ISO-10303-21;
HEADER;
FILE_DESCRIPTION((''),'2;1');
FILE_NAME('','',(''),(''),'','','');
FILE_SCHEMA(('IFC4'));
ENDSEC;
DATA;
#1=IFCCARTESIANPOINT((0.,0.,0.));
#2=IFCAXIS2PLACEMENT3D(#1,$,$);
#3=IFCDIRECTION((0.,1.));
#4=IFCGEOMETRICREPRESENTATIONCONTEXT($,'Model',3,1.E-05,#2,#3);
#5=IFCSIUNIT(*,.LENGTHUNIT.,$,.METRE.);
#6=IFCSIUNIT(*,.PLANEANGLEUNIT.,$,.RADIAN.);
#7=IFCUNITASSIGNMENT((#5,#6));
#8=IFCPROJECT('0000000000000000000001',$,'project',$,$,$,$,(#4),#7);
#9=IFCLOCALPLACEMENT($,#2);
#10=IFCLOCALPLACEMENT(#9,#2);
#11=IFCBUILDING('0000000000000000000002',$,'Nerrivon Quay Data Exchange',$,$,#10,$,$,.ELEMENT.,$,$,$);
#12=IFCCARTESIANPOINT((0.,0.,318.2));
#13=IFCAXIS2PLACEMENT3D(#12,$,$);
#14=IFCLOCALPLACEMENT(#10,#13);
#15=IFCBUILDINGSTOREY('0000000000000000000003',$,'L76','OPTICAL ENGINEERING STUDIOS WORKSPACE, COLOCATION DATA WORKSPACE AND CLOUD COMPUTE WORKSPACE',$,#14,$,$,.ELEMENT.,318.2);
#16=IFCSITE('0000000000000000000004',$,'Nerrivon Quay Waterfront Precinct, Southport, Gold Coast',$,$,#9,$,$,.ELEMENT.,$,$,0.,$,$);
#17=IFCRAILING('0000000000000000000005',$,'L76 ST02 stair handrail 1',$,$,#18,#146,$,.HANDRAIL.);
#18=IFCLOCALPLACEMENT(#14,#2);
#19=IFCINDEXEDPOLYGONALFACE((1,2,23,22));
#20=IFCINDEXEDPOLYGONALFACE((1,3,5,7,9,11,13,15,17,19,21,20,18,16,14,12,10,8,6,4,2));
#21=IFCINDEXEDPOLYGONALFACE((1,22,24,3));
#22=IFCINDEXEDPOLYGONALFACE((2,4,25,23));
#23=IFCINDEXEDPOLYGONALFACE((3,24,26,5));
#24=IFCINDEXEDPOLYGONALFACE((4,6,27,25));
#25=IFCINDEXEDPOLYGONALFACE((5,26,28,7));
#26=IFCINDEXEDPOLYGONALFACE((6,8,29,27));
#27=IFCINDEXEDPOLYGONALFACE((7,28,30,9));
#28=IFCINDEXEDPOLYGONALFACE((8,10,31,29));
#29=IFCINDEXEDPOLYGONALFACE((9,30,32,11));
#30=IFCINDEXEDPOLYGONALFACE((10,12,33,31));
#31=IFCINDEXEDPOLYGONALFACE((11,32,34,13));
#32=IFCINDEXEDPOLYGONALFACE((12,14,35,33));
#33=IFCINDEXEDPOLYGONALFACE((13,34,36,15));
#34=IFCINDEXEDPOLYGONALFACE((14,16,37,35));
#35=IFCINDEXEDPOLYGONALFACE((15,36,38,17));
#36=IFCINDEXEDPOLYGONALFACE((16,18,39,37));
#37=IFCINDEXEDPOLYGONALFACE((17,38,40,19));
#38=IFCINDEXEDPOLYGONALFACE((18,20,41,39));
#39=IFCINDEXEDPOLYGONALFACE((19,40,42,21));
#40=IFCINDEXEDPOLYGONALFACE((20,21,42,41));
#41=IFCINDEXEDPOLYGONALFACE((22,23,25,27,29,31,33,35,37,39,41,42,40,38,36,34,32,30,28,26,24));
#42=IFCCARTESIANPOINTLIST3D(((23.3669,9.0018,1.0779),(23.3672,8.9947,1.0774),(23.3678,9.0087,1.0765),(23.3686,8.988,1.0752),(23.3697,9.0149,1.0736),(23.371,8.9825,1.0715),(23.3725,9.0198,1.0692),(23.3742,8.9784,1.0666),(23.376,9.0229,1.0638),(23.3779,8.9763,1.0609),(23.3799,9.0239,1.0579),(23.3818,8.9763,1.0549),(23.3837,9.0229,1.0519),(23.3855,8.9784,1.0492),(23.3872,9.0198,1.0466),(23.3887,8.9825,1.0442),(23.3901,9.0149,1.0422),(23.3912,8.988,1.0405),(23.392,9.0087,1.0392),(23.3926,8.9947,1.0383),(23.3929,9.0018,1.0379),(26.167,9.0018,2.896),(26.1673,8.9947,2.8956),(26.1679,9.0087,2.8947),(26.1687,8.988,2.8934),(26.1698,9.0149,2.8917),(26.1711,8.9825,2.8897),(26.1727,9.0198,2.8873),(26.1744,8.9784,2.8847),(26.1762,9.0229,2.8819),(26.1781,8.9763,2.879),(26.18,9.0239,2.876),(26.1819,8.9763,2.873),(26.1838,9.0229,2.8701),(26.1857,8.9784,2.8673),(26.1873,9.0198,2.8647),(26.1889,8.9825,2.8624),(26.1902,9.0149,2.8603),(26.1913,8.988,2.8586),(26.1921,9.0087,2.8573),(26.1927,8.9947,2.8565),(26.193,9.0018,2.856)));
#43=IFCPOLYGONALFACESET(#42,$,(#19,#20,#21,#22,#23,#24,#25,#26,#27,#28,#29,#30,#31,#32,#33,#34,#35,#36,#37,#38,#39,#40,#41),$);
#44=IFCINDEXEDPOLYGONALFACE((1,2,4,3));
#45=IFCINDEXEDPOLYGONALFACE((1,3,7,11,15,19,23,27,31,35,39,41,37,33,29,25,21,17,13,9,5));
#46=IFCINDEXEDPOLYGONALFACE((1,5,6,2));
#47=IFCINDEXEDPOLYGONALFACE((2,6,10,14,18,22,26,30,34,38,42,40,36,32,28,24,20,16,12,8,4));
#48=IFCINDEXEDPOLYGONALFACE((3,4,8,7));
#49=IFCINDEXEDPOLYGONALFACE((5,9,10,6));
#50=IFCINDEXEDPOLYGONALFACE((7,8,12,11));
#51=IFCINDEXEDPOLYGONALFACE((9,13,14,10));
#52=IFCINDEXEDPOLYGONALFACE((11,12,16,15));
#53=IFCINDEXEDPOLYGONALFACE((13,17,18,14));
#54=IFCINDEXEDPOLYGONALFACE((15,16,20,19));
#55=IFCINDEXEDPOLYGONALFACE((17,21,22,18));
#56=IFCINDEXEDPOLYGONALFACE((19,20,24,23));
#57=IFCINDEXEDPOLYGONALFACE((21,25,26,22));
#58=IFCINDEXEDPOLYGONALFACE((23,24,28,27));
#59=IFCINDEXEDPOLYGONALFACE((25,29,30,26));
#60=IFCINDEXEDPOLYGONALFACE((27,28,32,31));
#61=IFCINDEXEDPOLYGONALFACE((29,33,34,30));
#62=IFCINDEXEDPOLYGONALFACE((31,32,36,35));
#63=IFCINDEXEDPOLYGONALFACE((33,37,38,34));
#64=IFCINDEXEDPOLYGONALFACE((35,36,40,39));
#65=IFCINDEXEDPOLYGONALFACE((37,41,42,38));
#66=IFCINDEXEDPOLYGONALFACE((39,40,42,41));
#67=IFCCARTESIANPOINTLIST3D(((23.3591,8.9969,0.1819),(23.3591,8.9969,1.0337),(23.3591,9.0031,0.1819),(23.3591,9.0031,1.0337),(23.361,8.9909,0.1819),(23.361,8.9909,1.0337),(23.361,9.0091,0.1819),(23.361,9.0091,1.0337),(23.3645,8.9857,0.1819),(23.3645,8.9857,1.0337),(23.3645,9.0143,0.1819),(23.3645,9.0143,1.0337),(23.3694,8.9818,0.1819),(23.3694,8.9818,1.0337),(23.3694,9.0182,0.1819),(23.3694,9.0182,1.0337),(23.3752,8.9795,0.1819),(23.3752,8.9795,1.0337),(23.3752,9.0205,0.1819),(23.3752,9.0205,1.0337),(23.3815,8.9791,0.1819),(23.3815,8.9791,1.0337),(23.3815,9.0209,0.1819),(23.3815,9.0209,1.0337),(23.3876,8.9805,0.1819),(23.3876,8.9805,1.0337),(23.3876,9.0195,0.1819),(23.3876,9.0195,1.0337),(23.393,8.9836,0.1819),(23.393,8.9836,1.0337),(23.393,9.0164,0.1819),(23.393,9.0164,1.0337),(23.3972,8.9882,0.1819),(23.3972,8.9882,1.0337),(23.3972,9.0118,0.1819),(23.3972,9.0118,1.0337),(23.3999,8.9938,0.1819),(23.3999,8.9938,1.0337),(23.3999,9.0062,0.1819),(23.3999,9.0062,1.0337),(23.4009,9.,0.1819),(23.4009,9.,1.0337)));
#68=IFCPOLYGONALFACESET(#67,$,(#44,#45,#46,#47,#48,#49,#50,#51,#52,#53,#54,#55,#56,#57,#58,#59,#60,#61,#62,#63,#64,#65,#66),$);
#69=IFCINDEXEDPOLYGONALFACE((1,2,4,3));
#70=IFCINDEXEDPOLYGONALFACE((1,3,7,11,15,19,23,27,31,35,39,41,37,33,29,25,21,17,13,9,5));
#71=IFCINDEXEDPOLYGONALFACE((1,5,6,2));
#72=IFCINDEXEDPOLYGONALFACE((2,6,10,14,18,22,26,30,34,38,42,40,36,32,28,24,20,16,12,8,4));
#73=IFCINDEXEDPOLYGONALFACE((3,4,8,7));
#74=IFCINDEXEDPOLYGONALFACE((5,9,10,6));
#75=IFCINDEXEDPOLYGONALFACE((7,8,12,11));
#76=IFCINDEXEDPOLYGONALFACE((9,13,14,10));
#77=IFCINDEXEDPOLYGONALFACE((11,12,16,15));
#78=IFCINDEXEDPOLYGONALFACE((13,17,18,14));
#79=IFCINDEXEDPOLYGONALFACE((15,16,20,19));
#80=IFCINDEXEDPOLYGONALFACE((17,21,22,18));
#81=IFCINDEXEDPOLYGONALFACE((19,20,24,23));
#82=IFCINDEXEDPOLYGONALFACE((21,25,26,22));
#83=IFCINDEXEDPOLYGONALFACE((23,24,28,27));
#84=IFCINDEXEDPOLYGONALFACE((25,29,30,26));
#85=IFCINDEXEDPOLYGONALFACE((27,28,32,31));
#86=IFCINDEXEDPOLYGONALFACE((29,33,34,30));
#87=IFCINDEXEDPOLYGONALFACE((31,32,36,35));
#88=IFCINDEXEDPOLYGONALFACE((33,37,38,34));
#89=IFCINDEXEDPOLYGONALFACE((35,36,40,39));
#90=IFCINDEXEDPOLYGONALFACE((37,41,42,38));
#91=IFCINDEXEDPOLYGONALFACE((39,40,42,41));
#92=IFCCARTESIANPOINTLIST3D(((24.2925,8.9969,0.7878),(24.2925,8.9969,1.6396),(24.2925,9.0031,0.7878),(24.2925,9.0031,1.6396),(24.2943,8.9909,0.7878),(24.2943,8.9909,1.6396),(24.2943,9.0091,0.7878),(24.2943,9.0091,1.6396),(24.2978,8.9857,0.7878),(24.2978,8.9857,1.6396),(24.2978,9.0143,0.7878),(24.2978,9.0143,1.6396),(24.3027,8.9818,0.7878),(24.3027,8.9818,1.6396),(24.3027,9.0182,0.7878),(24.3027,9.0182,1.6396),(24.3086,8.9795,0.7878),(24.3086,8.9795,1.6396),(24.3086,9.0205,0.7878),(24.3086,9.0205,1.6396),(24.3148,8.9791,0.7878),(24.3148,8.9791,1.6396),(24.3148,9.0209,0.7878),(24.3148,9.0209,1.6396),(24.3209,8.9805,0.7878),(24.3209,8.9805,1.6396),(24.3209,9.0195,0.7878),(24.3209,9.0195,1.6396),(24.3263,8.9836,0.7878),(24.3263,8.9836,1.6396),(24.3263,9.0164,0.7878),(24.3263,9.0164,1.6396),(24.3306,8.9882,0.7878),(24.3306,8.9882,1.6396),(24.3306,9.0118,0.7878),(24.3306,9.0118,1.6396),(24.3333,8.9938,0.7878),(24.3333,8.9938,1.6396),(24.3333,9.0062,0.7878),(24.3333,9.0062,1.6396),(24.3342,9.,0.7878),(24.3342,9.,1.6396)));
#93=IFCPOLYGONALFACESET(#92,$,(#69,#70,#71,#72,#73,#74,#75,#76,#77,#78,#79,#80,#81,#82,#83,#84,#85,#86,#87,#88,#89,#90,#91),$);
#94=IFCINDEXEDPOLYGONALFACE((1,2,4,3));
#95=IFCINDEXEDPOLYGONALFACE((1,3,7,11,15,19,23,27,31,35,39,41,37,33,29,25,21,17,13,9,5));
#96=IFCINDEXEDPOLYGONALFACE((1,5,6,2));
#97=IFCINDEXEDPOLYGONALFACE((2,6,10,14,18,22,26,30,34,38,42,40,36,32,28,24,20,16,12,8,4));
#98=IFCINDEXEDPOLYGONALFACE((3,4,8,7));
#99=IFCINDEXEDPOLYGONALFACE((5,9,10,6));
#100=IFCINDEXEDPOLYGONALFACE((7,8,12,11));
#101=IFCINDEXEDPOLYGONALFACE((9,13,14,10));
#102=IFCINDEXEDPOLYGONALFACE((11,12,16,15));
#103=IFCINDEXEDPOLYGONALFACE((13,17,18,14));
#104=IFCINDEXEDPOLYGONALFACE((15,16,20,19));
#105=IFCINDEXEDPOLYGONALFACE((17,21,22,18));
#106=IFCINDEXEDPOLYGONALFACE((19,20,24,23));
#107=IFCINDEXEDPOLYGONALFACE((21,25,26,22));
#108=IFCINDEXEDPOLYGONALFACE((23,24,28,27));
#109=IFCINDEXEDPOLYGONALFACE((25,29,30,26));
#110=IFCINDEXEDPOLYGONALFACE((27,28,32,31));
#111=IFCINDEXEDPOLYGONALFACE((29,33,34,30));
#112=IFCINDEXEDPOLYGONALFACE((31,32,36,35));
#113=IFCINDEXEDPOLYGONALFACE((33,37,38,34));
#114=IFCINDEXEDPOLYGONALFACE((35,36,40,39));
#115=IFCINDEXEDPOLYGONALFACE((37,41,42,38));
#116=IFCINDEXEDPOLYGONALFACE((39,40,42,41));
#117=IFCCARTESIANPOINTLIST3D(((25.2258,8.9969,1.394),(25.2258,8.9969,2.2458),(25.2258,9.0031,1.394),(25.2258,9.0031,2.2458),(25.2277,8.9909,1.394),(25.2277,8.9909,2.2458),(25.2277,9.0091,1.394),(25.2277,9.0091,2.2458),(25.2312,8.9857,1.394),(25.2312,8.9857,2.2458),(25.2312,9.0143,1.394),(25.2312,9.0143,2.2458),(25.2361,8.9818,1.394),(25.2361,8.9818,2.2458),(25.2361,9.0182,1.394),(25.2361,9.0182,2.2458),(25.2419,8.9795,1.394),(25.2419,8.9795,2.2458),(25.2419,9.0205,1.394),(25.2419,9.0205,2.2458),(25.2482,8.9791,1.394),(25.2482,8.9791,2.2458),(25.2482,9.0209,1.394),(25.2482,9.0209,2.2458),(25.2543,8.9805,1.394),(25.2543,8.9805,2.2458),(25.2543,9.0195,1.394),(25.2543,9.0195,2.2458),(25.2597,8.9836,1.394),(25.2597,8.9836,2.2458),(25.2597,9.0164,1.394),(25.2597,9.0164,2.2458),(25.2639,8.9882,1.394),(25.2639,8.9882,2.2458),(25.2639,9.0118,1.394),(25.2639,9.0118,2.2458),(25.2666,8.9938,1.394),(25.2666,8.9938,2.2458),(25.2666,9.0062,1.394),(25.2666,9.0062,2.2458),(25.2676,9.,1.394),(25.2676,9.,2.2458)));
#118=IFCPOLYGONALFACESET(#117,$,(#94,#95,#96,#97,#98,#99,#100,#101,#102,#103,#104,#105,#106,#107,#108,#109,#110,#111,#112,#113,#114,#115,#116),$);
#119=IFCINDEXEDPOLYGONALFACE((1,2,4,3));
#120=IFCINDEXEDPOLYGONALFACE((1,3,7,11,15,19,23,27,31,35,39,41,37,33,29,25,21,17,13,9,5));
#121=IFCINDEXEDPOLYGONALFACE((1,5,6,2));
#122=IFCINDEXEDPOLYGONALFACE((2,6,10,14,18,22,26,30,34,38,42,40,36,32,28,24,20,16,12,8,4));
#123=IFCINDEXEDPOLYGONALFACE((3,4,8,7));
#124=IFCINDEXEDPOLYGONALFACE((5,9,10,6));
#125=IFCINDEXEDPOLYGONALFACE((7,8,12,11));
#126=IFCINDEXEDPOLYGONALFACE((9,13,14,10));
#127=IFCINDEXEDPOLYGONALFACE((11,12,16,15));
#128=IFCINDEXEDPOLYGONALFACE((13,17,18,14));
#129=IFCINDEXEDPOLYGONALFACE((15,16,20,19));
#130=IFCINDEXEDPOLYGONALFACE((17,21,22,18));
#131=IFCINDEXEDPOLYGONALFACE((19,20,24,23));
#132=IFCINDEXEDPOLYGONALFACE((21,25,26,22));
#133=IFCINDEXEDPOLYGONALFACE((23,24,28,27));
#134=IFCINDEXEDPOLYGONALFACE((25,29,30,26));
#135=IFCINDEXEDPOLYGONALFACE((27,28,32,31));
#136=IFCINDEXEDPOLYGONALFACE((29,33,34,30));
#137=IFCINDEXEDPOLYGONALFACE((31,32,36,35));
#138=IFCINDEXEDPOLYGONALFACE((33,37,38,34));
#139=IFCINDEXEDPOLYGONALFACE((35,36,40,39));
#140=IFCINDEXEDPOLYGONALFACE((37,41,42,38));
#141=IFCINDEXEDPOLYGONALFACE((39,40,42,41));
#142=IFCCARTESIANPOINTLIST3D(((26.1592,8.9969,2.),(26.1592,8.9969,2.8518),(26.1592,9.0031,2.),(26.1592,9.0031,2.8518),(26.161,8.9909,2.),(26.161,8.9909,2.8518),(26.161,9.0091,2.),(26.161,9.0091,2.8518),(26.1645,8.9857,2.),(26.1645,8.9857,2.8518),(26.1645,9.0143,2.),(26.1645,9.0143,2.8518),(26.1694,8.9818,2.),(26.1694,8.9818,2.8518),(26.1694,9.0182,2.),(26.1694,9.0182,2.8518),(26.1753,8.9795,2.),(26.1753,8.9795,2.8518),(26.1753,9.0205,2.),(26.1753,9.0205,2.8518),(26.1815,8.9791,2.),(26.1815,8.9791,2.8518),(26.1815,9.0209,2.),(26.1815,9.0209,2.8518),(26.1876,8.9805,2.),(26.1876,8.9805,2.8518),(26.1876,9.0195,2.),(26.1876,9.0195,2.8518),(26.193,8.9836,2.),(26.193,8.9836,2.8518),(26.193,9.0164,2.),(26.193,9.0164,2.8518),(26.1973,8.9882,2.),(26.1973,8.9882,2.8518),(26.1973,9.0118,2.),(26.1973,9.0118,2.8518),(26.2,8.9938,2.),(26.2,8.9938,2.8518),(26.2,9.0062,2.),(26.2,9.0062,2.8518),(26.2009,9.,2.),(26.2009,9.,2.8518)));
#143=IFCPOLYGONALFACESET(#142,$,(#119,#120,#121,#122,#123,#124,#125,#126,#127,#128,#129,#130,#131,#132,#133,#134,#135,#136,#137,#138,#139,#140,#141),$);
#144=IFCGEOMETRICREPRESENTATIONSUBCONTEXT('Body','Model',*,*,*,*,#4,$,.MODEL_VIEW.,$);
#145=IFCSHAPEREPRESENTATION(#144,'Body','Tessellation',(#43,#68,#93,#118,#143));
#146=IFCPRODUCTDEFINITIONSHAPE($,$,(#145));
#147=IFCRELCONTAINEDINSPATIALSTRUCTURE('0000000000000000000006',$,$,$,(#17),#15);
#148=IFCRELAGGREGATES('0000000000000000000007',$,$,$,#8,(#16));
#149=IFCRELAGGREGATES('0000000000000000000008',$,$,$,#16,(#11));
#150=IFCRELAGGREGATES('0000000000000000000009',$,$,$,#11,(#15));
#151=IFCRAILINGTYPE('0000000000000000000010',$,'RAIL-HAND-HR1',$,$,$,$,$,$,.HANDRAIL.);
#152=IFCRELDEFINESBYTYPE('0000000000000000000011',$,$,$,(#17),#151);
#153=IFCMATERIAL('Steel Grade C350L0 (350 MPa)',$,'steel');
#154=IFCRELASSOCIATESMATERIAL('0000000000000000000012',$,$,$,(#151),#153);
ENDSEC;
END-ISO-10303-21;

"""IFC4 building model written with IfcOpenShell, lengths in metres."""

from ifc_helpers import new_model, si_unit, direction, frame, origin, origin_2d, place, context, subcontext, project, spatial, circle, extrude, material, type_object, element, save


model = new_model("IFC4")

# Units and contexts
model_context = context("Model", 3, precision=1e-05, world=origin(), true_north=direction((0.0, 1.0)))
body_context = subcontext(model_context, "Body", "Model", "MODEL_VIEW")
ifc_project = project(units=[si_unit("LENGTHUNIT", "METRE"), si_unit("PLANEANGLEUNIT", "RADIAN")], contexts=[model_context])

# Site, building, storey
site_placement = place(None, origin())
site = spatial("IfcSite", under=ifc_project, at=site_placement, Name="Nerrivon Quay Waterfront Precinct, Southport, Gold Coast", CompositionType="ELEMENT", RefElevation=0.0)
building_placement = place(site_placement, origin())
building = spatial("IfcBuilding", under=site, at=building_placement, Name="Nerrivon Quay Data Exchange", CompositionType="ELEMENT")
storey_placement = place(building_placement, frame((0.0, 0.0, 318.2)))
storey = spatial("IfcBuildingStorey", under=building, at=storey_placement, Name="L76", Description="OPTICAL ENGINEERING STUDIOS WORKSPACE, COLOCATION DATA WORKSPACE AND CLOUD COMPUTE WORKSPACE", CompositionType="ELEMENT", Elevation=318.2)

# Railing
ifc_material_1 = material(Name="Steel Grade C350L0 (350 MPa)", Category="steel")
railing_type_1 = type_object("IfcRailingType", Name="RAIL-HAND-HR1", PredefinedType="HANDRAIL", material=ifc_material_1)
railing_1_placement = place(storey_placement, frame((23.3799, 9.0, 0.1819)))
element("IfcRailing", 1, at=railing_1_placement, inside=storey, type_object=railing_type_1, Name="L76 ST02 stair handrail 1", PredefinedType="HANDRAIL", context=body_context, shape_type="SweptSolid", body=[
    extrude(circle(Radius=0.0239, at=origin_2d()), frame((0.0, 0.0, 0.876), z_axis=(0.838706, 0.0, 0.544585), x_axis=(0.0, 1.0, 0.0)), (0.0, 0.0, 1.0), 3.3386),
    extrude(circle(Radius=0.021, at=origin_2d()), origin(), (0.0, 0.0, 1.0), 0.8518),
    extrude(circle(Radius=0.021, at=origin_2d()), frame((0.9333, 0.0, 0.606)), (0.0, 0.0, 1.0), 0.8518),
    extrude(circle(Radius=0.021, at=origin_2d()), frame((1.8667, 0.0, 1.2122)), (0.0, 0.0, 1.0), 0.8518),
    extrude(circle(Radius=0.021, at=origin_2d()), frame((2.8, 0.0, 1.8181)), (0.0, 0.0, 1.0), 0.8518),
])

save(model, "model.ifc")
